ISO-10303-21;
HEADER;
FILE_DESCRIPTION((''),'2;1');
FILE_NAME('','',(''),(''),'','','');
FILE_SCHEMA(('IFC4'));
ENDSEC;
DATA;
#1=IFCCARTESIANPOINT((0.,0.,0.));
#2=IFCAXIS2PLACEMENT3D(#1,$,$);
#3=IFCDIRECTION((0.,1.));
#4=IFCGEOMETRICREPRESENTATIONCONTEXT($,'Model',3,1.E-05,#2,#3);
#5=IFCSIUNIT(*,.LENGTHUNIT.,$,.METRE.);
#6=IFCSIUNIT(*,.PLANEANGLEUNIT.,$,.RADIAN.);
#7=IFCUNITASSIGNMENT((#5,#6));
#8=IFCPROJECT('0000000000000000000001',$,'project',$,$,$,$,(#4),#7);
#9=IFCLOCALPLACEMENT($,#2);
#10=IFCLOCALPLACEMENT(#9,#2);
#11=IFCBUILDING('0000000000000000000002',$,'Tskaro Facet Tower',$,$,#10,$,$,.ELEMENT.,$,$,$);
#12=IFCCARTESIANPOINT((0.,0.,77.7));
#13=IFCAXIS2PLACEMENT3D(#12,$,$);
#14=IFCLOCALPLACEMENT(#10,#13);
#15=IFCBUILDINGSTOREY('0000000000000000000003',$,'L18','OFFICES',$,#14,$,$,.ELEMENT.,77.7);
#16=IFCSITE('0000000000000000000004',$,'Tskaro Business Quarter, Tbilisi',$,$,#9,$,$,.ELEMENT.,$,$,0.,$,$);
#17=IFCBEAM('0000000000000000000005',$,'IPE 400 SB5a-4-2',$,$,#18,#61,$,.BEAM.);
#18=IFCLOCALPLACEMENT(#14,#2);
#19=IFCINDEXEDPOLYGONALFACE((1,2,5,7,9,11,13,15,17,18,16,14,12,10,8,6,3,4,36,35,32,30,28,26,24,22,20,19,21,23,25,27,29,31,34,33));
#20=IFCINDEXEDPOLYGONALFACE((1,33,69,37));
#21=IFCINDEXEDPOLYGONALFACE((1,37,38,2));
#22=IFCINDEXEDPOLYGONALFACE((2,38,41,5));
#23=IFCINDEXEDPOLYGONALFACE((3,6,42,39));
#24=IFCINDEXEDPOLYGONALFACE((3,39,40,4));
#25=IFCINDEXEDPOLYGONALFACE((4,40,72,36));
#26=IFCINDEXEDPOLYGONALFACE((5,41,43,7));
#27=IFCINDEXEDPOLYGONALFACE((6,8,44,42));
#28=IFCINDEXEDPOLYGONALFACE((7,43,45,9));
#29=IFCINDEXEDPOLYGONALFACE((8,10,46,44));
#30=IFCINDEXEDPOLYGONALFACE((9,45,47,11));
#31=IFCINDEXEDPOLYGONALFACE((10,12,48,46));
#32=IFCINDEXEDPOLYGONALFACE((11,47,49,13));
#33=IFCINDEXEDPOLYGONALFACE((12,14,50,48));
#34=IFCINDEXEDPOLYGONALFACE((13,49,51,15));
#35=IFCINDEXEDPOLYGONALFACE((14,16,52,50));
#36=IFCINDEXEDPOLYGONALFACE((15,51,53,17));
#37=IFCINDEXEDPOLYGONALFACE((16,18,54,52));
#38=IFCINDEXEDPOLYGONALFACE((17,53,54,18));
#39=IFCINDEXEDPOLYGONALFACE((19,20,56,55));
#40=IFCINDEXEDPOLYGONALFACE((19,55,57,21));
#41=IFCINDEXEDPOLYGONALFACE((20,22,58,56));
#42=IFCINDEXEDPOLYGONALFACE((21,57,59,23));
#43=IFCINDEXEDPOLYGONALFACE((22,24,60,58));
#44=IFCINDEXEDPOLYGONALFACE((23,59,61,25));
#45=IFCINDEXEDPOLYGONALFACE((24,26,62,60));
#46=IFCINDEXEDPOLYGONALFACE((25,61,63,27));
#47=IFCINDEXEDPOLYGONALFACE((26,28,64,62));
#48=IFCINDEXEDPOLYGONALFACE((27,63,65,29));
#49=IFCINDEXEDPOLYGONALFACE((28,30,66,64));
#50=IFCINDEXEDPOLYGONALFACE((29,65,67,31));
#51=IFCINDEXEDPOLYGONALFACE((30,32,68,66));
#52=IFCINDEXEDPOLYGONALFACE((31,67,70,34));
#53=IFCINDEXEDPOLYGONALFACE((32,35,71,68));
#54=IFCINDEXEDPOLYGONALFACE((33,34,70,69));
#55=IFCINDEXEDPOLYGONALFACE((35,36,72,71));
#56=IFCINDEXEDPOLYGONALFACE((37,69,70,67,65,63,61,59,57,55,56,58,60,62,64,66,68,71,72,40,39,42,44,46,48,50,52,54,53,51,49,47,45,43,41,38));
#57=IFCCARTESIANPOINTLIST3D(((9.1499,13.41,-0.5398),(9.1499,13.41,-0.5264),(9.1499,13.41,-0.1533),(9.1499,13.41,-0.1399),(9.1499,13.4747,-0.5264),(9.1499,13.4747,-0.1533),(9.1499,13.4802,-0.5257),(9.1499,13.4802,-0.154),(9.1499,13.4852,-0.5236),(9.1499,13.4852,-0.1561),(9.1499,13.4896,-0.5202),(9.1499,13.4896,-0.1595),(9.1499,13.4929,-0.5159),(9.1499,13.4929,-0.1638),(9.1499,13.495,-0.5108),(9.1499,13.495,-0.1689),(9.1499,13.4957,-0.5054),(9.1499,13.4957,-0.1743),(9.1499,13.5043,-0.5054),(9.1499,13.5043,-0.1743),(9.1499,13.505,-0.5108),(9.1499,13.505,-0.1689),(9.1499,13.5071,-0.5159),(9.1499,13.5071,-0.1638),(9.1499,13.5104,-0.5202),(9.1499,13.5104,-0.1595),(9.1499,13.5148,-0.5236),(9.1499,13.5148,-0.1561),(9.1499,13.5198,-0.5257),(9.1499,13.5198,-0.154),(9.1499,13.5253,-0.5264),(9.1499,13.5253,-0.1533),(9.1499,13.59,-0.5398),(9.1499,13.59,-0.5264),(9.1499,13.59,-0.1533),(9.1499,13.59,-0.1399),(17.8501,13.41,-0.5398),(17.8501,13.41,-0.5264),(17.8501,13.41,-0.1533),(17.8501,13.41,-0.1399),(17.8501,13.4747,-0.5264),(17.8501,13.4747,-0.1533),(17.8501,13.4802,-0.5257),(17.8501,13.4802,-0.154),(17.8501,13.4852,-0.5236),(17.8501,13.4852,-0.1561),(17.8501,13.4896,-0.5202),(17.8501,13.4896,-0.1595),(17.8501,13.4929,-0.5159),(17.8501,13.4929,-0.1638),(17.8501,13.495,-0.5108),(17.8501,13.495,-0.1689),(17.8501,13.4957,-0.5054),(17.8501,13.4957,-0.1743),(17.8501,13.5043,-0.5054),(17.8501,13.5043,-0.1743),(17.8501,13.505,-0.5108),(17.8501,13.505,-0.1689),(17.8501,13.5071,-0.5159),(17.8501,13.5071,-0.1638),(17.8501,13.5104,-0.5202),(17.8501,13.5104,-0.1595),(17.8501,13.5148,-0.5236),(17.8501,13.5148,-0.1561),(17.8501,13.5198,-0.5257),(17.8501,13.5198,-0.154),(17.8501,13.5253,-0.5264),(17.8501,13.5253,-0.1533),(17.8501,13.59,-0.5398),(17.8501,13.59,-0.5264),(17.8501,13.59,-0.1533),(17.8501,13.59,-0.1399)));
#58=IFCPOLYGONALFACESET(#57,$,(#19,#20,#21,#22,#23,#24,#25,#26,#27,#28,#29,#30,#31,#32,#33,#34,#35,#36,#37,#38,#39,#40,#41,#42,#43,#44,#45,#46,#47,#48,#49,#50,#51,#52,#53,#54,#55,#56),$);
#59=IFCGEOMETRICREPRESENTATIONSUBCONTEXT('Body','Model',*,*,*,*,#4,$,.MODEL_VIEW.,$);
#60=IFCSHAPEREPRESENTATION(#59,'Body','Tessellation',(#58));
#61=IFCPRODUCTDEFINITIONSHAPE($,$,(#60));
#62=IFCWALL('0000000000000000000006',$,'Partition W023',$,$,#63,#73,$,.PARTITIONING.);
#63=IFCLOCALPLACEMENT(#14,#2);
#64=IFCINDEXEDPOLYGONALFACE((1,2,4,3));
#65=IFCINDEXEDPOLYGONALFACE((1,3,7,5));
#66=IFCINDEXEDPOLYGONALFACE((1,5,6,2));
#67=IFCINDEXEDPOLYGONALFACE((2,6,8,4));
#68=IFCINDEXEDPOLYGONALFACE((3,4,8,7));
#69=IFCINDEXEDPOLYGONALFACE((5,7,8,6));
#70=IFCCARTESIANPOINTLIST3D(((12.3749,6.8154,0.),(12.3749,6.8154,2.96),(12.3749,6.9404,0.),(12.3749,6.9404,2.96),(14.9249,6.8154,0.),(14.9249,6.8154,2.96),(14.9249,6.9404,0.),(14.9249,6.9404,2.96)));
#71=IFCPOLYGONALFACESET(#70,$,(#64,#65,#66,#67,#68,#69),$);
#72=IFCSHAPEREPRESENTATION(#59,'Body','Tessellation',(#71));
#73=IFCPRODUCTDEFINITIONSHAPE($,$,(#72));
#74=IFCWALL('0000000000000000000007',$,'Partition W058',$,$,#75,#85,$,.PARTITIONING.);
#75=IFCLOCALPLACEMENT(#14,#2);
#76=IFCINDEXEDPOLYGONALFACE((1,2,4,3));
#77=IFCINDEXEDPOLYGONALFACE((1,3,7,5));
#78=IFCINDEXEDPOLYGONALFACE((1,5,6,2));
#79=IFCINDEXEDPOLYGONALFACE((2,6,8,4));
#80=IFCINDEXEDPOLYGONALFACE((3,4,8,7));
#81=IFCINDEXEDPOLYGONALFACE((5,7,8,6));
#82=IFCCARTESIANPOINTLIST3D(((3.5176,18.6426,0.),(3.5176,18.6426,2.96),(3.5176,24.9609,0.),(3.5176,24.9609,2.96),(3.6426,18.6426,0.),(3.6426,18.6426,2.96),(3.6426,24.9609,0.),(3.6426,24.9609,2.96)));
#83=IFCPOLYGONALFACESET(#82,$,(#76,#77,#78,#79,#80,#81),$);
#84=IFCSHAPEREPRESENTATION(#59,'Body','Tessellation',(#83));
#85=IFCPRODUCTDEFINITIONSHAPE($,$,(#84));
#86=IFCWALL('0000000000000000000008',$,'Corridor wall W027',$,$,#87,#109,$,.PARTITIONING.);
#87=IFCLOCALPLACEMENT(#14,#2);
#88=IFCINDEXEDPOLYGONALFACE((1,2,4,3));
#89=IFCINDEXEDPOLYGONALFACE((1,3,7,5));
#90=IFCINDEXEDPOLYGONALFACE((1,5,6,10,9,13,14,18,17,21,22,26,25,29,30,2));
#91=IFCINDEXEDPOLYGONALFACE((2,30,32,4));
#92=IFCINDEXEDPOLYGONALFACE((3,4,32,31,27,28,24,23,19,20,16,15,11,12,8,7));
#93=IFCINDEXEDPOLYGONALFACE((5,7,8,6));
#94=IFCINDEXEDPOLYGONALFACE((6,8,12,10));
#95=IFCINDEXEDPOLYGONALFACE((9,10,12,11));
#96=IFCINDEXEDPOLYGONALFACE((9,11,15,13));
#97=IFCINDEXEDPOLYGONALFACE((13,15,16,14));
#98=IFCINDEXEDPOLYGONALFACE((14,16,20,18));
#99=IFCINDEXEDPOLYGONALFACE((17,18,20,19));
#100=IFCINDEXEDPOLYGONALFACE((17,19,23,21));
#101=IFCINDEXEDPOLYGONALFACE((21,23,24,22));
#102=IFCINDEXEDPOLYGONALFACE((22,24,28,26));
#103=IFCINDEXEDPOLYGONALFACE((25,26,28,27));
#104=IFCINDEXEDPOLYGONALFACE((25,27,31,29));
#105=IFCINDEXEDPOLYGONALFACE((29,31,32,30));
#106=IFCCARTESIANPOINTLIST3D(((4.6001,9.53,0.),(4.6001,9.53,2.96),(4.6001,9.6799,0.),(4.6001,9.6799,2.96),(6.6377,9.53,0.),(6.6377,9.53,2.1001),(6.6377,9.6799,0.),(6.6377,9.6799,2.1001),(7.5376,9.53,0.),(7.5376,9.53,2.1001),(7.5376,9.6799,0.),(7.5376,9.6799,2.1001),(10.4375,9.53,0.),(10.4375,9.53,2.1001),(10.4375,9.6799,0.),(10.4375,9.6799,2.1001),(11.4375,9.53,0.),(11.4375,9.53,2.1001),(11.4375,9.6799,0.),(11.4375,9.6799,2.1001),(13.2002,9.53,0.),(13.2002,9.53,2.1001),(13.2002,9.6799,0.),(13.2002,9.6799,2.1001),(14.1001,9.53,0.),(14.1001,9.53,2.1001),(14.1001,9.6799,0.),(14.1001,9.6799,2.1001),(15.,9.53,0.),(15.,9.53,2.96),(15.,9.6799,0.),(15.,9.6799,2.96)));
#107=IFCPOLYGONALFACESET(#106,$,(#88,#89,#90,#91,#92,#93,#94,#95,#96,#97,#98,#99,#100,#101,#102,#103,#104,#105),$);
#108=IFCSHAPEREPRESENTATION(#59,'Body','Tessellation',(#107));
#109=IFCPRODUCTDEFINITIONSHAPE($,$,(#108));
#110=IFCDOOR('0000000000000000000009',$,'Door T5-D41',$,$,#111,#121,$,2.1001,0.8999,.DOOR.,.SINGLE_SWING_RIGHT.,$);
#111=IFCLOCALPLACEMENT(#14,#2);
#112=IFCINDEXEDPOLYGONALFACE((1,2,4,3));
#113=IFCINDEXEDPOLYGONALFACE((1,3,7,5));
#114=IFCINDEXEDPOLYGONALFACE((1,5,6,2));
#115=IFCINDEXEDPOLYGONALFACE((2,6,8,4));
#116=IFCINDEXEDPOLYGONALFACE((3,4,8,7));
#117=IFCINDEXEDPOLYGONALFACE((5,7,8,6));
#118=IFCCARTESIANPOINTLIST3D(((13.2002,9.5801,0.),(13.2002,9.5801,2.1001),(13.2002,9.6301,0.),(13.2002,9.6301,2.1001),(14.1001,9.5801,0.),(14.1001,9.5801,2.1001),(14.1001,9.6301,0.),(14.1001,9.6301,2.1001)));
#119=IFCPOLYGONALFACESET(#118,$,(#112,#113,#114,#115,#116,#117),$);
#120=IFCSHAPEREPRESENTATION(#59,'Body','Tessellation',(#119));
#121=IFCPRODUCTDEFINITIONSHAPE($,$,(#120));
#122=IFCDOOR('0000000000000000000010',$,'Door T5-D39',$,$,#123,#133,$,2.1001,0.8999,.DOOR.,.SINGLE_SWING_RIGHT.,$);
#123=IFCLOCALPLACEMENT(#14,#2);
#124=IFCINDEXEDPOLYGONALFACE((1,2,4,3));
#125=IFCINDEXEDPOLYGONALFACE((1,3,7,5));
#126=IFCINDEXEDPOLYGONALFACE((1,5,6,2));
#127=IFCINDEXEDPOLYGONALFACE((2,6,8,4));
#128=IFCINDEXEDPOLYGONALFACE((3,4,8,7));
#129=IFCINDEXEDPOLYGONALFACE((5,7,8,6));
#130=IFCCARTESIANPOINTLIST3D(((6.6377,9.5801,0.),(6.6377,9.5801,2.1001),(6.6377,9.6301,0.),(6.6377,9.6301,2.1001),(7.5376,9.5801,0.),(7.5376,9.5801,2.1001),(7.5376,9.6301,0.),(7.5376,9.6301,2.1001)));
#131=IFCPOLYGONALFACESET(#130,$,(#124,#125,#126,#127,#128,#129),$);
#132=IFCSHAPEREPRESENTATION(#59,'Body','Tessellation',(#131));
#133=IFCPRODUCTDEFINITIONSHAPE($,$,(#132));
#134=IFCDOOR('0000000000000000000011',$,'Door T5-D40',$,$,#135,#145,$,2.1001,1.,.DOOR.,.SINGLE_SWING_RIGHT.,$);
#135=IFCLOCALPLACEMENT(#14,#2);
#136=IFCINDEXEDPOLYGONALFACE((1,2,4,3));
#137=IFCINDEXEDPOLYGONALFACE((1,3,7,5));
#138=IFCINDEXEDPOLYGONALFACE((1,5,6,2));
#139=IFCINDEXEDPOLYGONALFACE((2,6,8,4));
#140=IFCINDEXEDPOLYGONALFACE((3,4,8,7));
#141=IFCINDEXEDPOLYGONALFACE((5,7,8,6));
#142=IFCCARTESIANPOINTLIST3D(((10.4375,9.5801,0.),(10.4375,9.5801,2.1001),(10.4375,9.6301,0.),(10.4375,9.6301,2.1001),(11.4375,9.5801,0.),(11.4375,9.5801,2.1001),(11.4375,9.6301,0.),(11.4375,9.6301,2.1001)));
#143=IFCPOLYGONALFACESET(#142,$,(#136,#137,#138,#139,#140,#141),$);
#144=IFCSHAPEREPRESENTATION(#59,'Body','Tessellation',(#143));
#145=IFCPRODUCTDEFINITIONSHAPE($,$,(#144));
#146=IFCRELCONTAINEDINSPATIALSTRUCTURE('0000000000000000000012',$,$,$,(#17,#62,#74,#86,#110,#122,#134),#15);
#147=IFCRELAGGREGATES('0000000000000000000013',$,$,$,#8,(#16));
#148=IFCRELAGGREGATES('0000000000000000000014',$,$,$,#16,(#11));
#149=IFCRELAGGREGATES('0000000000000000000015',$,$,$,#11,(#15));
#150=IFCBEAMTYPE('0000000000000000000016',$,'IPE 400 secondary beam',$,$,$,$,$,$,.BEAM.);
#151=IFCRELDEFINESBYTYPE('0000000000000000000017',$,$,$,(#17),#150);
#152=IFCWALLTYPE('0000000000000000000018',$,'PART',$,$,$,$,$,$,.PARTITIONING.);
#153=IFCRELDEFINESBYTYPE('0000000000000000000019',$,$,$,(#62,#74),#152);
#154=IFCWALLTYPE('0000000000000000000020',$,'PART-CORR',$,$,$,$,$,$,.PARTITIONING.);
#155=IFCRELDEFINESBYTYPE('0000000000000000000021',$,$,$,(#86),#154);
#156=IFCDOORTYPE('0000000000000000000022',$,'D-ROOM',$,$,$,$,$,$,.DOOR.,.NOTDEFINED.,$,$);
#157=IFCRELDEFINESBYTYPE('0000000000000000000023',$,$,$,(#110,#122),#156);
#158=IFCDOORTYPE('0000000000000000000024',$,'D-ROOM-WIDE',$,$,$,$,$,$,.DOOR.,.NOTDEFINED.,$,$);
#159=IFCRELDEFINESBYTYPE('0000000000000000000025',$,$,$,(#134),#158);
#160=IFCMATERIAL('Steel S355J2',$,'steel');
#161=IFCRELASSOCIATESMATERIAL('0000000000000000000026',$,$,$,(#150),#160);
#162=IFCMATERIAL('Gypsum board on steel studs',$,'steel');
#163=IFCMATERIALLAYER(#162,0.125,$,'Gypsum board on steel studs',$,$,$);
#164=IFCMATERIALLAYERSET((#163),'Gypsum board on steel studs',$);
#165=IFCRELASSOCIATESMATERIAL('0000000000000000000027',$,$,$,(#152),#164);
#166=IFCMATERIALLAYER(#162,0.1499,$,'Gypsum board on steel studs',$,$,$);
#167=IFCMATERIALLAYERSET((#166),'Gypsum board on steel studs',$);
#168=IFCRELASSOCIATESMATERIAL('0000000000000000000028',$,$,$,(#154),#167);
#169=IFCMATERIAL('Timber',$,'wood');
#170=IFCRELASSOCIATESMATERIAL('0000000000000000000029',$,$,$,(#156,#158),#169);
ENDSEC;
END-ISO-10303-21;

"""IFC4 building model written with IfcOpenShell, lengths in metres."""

from ifc_helpers import new_model, si_unit, direction, frame, frame_2d, origin, origin_2d, place, context, subcontext, project, spatial, rectangle, i_section, extrude, material, layer, layer_set, material_profile, profile_set, type_object, element, fill, save


model = new_model("IFC4")

# Units and contexts
model_context = context("Model", 3, precision=1e-05, world=origin(), true_north=direction((0.0, 1.0)))
body_context = subcontext(model_context, "Body", "Model", "MODEL_VIEW")
ifc_project = project(units=[si_unit("LENGTHUNIT", "METRE"), si_unit("PLANEANGLEUNIT", "RADIAN")], contexts=[model_context])

# Site, building, storey
site_placement = place(None, origin())
site = spatial("IfcSite", under=ifc_project, at=site_placement, Name="Tskaro Business Quarter, Tbilisi", CompositionType="ELEMENT", RefElevation=0.0)
building_placement = place(site_placement, origin())
building = spatial("IfcBuilding", under=site, at=building_placement, Name="Tskaro Facet Tower", CompositionType="ELEMENT")
storey_placement = place(building_placement, frame((0.0, 0.0, 77.7)))
storey = spatial("IfcBuildingStorey", under=building, at=storey_placement, Name="L18", Description="OFFICES", CompositionType="ELEMENT", Elevation=77.7)

# Beam
ifc_material_1 = material(Name="Steel S355J2", Category="steel")
ifc_material_profile_1 = material_profile(ifc_material_1, i_section(OverallWidth=0.1799, OverallDepth=0.3999, WebThickness=0.0085, FlangeThickness=0.0134, FilletRadius=0.021, at=origin_2d()), Name="IPE 400")
ifc_profile_set_1 = profile_set([ifc_material_profile_1], Name="Steel S355J2")
beam_type_1 = type_object("IfcBeamType", Name="IPE 400 secondary beam", PredefinedType="BEAM", material=ifc_profile_set_1)
for number, where, z_axis, x_axis, name in (
    (1, (9.1499, 13.5, -0.3398), (1.0, 0.0, 0.0), (0.0, 1.0, 0.0), "IPE 400 SB5a-4-2"),
):
    element("IfcBeam", number, at=place(storey_placement, frame(where, z_axis=z_axis, x_axis=x_axis)), inside=storey, type_object=beam_type_1, Name=name, PredefinedType="BEAM", context=body_context, shape_type="SweptSolid", body=[
        extrude(i_section(OverallWidth=0.1799, OverallDepth=0.3999, WebThickness=0.0085, FlangeThickness=0.0134, FilletRadius=0.021, at=origin_2d()), origin(), (0.0, 0.0, 1.0), 8.7002),
    ])

# Walls
ifc_material_2 = material(Name="Gypsum board on steel studs", Category="steel")
ifc_layer_1 = layer(ifc_material_2, 0.125, Name="Gypsum board on steel studs")
ifc_layer_set_1 = layer_set([ifc_layer_1], Name="Gypsum board on steel studs")
wall_type_1 = type_object("IfcWallType", Name="PART", PredefinedType="PARTITIONING", material=ifc_layer_set_1)
wall_1_placement = place(storey_placement, frame((12.375, 6.8779, 0.0), z_axis=(0.0, 0.0, 1.0), x_axis=(1.0, 0.0, 0.0)))
element("IfcWall", 2, at=wall_1_placement, inside=storey, type_object=wall_type_1, Name="Partition W023", PredefinedType="PARTITIONING", context=body_context, shape_type="SweptSolid", body=[
    extrude(rectangle(XDim=2.55, YDim=0.125, at=frame_2d((1.2749, 0.0))), origin(), (0.0, 0.0, 1.0), 2.96),
])
wall_2_placement = place(storey_placement, frame((3.5801, 18.6426, 0.0), z_axis=(0.0, 0.0, 1.0), x_axis=(0.0, 1.0, 0.0)))
element("IfcWall", 3, at=wall_2_placement, inside=storey, type_object=wall_type_1, Name="Partition W058", PredefinedType="PARTITIONING", context=body_context, shape_type="SweptSolid", body=[
    extrude(rectangle(XDim=6.3184, YDim=0.125, at=frame_2d((3.1592, 0.0))), origin(), (0.0, 0.0, 1.0), 2.96),
])

# Wall, openings, doors
ifc_layer_2 = layer(ifc_material_2, 0.1499, Name="Gypsum board on steel studs")
ifc_layer_set_2 = layer_set([ifc_layer_2], Name="Gypsum board on steel studs")
wall_type_2 = type_object("IfcWallType", Name="PART-CORR", PredefinedType="PARTITIONING", material=ifc_layer_set_2)
wall_3_placement = place(storey_placement, frame((15.0, 9.605, 0.0), z_axis=(0.0, 0.0, 1.0), x_axis=(-1.0, 0.0, 0.0)))
wall_3 = element("IfcWall", 4, at=wall_3_placement, inside=storey, type_object=wall_type_2, Name="Corridor wall W027", PredefinedType="PARTITIONING", context=body_context, shape_type="SweptSolid", body=[
    extrude(rectangle(XDim=10.3999, YDim=0.1499, at=frame_2d((5.2, 0.0))), origin(), (0.0, 0.0, 1.0), 2.96),
])
opening_1_placement = place(wall_3_placement, frame((0.8999, 0.0, 0.0)))
opening_1 = element("IfcOpeningElement", 5, at=opening_1_placement, cuts=wall_3, PredefinedType="OPENING", context=body_context, shape_type="SweptSolid", body=[
    extrude(rectangle(XDim=0.8999, YDim=2.1001, at=frame_2d((0.45, 1.05))), frame((0.0, 0.085, 0.0), z_axis=(0.0, -1.0, 0.0), x_axis=(1.0, 0.0, 0.0)), (0.0, 0.0, 1.0), 0.1699),
])
opening_2_placement = place(wall_3_placement, frame((7.4624, 0.0, 0.0)))
opening_2 = element("IfcOpeningElement", 6, at=opening_2_placement, cuts=wall_3, PredefinedType="OPENING", context=body_context, shape_type="SweptSolid", body=[
    extrude(rectangle(XDim=0.8999, YDim=2.1001, at=frame_2d((0.45, 1.05))), frame((0.0, 0.085, 0.0), z_axis=(0.0, -1.0, 0.0), x_axis=(1.0, 0.0, 0.0)), (0.0, 0.0, 1.0), 0.1699),
])
opening_3_placement = place(wall_3_placement, frame((3.5625, 0.0, 0.0)))
opening_3 = element("IfcOpeningElement", 7, at=opening_3_placement, cuts=wall_3, PredefinedType="OPENING", context=body_context, shape_type="SweptSolid", body=[
    extrude(rectangle(XDim=1.0, YDim=2.1001, at=frame_2d((0.5, 1.05))), frame((0.0, 0.085, 0.0), z_axis=(0.0, -1.0, 0.0), x_axis=(1.0, 0.0, 0.0)), (0.0, 0.0, 1.0), 0.1699),
])
ifc_material_3 = material(Name="Timber", Category="wood")
door_type_1 = type_object("IfcDoorType", Name="D-ROOM", OperationType="NOTDEFINED", PredefinedType="DOOR", material=ifc_material_3)
door_1_placement = place(opening_1_placement, origin())
door_1 = element("IfcDoor", 8, at=door_1_placement, inside=storey, type_object=door_type_1, Name="Door T5-D41", OperationType="SINGLE_SWING_RIGHT", OverallHeight=2.1001, OverallWidth=0.8999, PredefinedType="DOOR", context=body_context, shape_type="SweptSolid", body=[
    extrude(rectangle(XDim=0.8999, YDim=2.1001, at=frame_2d((0.45, 1.05))), frame((0.0, 0.0249, 0.0), z_axis=(0.0, -1.0, 0.0), x_axis=(1.0, 0.0, 0.0)), (0.0, 0.0, 1.0), 0.05),
])
fill(opening_1, door_1)
door_2_placement = place(opening_2_placement, origin())
door_2 = element("IfcDoor", 9, at=door_2_placement, inside=storey, type_object=door_type_1, Name="Door T5-D39", OperationType="SINGLE_SWING_RIGHT", OverallHeight=2.1001, OverallWidth=0.8999, PredefinedType="DOOR", context=body_context, shape_type="SweptSolid", body=[
    extrude(rectangle(XDim=0.8999, YDim=2.1001, at=frame_2d((0.45, 1.05))), frame((0.0, 0.0249, 0.0), z_axis=(0.0, -1.0, 0.0), x_axis=(1.0, 0.0, 0.0)), (0.0, 0.0, 1.0), 0.05),
])
fill(opening_2, door_2)
door_type_2 = type_object("IfcDoorType", Name="D-ROOM-WIDE", OperationType="NOTDEFINED", PredefinedType="DOOR", material=ifc_material_3)
door_3_placement = place(opening_3_placement, origin())
door_3 = element("IfcDoor", 10, at=door_3_placement, inside=storey, type_object=door_type_2, Name="Door T5-D40", OperationType="SINGLE_SWING_RIGHT", OverallHeight=2.1001, OverallWidth=1.0, PredefinedType="DOOR", context=body_context, shape_type="SweptSolid", body=[
    extrude(rectangle(XDim=1.0, YDim=2.1001, at=frame_2d((0.5, 1.05))), frame((0.0, 0.0249, 0.0), z_axis=(0.0, -1.0, 0.0), x_axis=(1.0, 0.0, 0.0)), (0.0, 0.0, 1.0), 0.05),
])
fill(opening_3, door_3)

save(model, "model.ifc")
